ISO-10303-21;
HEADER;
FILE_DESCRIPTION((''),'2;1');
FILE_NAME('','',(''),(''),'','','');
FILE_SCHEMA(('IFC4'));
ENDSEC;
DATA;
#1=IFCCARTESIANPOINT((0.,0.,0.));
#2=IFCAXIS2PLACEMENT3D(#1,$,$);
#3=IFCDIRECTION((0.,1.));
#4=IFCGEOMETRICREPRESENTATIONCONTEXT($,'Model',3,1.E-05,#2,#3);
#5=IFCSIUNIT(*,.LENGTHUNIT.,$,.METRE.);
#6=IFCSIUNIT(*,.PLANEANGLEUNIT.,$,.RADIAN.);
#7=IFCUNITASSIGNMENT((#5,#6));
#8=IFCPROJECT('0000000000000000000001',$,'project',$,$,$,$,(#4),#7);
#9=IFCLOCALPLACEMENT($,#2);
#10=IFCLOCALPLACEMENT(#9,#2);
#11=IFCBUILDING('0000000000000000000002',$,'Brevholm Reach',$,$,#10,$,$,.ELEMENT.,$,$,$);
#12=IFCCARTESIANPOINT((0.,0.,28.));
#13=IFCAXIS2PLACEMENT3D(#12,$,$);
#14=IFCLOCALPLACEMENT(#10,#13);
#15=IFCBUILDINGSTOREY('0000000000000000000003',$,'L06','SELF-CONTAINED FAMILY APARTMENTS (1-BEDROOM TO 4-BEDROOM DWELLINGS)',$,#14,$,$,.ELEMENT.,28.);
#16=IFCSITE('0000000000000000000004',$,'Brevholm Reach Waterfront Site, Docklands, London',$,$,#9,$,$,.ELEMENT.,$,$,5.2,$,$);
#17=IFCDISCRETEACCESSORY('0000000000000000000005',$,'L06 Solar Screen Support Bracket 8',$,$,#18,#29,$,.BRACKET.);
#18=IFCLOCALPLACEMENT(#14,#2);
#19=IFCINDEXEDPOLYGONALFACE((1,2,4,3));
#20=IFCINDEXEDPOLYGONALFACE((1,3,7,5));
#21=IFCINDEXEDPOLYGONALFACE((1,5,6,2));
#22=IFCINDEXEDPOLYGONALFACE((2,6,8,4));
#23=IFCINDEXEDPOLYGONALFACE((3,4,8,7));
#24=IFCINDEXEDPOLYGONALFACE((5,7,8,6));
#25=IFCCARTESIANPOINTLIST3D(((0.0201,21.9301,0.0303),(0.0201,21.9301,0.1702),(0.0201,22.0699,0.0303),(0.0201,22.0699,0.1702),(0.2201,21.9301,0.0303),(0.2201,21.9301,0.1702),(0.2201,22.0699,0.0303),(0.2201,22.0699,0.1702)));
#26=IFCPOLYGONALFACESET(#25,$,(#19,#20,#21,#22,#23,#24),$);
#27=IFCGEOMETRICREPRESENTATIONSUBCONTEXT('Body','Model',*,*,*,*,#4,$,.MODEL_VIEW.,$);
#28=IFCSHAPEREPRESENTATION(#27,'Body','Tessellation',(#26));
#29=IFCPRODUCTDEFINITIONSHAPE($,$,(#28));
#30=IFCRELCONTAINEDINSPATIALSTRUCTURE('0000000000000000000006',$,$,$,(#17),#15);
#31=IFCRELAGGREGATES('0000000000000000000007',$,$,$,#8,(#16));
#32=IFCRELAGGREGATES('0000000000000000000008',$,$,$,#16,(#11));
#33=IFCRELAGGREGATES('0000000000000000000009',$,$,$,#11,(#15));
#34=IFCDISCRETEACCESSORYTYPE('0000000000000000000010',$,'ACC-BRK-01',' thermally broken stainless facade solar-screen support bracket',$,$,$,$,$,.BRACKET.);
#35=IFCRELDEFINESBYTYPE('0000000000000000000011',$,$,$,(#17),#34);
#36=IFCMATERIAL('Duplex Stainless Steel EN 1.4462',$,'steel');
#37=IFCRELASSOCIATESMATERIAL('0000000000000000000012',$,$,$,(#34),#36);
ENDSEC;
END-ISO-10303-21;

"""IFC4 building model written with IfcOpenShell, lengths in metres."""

from ifc_helpers import new_model, si_unit, direction, frame, origin, origin_2d, place, context, subcontext, project, spatial, rectangle, extrude, material, type_object, element, save


model = new_model("IFC4")

# Units and contexts
model_context = context("Model", 3, precision=1e-05, world=origin(), true_north=direction((0.0, 1.0)))
body_context = subcontext(model_context, "Body", "Model", "MODEL_VIEW")
ifc_project = project(units=[si_unit("LENGTHUNIT", "METRE"), si_unit("PLANEANGLEUNIT", "RADIAN")], contexts=[model_context])

# Site, building, storey
site_placement = place(None, origin())
site = spatial("IfcSite", under=ifc_project, at=site_placement, Name="Brevholm Reach Waterfront Site, Docklands, London", CompositionType="ELEMENT", RefElevation=5.2)
building_placement = place(site_placement, origin())
building = spatial("IfcBuilding", under=site, at=building_placement, Name="Brevholm Reach", CompositionType="ELEMENT")
storey_placement = place(building_placement, frame((0.0, 0.0, 28.0)))
storey = spatial("IfcBuildingStorey", under=building, at=storey_placement, Name="L06", Description="SELF-CONTAINED FAMILY APARTMENTS (1-BEDROOM TO 4-BEDROOM DWELLINGS)", CompositionType="ELEMENT", Elevation=28.0)

# Discrete accessory
ifc_material_1 = material(Name="Duplex Stainless Steel EN 1.4462", Category="steel")
discrete_accessory_type = type_object("IfcDiscreteAccessoryType", Name="ACC-BRK-01", Description=" thermally broken stainless facade solar-screen support bracket", PredefinedType="BRACKET", material=ifc_material_1)
discrete_accessory_placement = place(storey_placement, frame((0.1201, 22.0, 0.0303), z_axis=(0.0, 0.0, 1.0), x_axis=(-1.0, 0.0, 0.0)))
element("IfcDiscreteAccessory", 1, at=discrete_accessory_placement, inside=storey, type_object=discrete_accessory_type, Name="L06 Solar Screen Support Bracket 8", PredefinedType="BRACKET", context=body_context, shape_type="SweptSolid", body=[
    extrude(rectangle(XDim=0.2, YDim=0.1399, at=origin_2d()), origin(), (0.0, 0.0, 1.0), 0.1399),
])

save(model, "model.ifc")
